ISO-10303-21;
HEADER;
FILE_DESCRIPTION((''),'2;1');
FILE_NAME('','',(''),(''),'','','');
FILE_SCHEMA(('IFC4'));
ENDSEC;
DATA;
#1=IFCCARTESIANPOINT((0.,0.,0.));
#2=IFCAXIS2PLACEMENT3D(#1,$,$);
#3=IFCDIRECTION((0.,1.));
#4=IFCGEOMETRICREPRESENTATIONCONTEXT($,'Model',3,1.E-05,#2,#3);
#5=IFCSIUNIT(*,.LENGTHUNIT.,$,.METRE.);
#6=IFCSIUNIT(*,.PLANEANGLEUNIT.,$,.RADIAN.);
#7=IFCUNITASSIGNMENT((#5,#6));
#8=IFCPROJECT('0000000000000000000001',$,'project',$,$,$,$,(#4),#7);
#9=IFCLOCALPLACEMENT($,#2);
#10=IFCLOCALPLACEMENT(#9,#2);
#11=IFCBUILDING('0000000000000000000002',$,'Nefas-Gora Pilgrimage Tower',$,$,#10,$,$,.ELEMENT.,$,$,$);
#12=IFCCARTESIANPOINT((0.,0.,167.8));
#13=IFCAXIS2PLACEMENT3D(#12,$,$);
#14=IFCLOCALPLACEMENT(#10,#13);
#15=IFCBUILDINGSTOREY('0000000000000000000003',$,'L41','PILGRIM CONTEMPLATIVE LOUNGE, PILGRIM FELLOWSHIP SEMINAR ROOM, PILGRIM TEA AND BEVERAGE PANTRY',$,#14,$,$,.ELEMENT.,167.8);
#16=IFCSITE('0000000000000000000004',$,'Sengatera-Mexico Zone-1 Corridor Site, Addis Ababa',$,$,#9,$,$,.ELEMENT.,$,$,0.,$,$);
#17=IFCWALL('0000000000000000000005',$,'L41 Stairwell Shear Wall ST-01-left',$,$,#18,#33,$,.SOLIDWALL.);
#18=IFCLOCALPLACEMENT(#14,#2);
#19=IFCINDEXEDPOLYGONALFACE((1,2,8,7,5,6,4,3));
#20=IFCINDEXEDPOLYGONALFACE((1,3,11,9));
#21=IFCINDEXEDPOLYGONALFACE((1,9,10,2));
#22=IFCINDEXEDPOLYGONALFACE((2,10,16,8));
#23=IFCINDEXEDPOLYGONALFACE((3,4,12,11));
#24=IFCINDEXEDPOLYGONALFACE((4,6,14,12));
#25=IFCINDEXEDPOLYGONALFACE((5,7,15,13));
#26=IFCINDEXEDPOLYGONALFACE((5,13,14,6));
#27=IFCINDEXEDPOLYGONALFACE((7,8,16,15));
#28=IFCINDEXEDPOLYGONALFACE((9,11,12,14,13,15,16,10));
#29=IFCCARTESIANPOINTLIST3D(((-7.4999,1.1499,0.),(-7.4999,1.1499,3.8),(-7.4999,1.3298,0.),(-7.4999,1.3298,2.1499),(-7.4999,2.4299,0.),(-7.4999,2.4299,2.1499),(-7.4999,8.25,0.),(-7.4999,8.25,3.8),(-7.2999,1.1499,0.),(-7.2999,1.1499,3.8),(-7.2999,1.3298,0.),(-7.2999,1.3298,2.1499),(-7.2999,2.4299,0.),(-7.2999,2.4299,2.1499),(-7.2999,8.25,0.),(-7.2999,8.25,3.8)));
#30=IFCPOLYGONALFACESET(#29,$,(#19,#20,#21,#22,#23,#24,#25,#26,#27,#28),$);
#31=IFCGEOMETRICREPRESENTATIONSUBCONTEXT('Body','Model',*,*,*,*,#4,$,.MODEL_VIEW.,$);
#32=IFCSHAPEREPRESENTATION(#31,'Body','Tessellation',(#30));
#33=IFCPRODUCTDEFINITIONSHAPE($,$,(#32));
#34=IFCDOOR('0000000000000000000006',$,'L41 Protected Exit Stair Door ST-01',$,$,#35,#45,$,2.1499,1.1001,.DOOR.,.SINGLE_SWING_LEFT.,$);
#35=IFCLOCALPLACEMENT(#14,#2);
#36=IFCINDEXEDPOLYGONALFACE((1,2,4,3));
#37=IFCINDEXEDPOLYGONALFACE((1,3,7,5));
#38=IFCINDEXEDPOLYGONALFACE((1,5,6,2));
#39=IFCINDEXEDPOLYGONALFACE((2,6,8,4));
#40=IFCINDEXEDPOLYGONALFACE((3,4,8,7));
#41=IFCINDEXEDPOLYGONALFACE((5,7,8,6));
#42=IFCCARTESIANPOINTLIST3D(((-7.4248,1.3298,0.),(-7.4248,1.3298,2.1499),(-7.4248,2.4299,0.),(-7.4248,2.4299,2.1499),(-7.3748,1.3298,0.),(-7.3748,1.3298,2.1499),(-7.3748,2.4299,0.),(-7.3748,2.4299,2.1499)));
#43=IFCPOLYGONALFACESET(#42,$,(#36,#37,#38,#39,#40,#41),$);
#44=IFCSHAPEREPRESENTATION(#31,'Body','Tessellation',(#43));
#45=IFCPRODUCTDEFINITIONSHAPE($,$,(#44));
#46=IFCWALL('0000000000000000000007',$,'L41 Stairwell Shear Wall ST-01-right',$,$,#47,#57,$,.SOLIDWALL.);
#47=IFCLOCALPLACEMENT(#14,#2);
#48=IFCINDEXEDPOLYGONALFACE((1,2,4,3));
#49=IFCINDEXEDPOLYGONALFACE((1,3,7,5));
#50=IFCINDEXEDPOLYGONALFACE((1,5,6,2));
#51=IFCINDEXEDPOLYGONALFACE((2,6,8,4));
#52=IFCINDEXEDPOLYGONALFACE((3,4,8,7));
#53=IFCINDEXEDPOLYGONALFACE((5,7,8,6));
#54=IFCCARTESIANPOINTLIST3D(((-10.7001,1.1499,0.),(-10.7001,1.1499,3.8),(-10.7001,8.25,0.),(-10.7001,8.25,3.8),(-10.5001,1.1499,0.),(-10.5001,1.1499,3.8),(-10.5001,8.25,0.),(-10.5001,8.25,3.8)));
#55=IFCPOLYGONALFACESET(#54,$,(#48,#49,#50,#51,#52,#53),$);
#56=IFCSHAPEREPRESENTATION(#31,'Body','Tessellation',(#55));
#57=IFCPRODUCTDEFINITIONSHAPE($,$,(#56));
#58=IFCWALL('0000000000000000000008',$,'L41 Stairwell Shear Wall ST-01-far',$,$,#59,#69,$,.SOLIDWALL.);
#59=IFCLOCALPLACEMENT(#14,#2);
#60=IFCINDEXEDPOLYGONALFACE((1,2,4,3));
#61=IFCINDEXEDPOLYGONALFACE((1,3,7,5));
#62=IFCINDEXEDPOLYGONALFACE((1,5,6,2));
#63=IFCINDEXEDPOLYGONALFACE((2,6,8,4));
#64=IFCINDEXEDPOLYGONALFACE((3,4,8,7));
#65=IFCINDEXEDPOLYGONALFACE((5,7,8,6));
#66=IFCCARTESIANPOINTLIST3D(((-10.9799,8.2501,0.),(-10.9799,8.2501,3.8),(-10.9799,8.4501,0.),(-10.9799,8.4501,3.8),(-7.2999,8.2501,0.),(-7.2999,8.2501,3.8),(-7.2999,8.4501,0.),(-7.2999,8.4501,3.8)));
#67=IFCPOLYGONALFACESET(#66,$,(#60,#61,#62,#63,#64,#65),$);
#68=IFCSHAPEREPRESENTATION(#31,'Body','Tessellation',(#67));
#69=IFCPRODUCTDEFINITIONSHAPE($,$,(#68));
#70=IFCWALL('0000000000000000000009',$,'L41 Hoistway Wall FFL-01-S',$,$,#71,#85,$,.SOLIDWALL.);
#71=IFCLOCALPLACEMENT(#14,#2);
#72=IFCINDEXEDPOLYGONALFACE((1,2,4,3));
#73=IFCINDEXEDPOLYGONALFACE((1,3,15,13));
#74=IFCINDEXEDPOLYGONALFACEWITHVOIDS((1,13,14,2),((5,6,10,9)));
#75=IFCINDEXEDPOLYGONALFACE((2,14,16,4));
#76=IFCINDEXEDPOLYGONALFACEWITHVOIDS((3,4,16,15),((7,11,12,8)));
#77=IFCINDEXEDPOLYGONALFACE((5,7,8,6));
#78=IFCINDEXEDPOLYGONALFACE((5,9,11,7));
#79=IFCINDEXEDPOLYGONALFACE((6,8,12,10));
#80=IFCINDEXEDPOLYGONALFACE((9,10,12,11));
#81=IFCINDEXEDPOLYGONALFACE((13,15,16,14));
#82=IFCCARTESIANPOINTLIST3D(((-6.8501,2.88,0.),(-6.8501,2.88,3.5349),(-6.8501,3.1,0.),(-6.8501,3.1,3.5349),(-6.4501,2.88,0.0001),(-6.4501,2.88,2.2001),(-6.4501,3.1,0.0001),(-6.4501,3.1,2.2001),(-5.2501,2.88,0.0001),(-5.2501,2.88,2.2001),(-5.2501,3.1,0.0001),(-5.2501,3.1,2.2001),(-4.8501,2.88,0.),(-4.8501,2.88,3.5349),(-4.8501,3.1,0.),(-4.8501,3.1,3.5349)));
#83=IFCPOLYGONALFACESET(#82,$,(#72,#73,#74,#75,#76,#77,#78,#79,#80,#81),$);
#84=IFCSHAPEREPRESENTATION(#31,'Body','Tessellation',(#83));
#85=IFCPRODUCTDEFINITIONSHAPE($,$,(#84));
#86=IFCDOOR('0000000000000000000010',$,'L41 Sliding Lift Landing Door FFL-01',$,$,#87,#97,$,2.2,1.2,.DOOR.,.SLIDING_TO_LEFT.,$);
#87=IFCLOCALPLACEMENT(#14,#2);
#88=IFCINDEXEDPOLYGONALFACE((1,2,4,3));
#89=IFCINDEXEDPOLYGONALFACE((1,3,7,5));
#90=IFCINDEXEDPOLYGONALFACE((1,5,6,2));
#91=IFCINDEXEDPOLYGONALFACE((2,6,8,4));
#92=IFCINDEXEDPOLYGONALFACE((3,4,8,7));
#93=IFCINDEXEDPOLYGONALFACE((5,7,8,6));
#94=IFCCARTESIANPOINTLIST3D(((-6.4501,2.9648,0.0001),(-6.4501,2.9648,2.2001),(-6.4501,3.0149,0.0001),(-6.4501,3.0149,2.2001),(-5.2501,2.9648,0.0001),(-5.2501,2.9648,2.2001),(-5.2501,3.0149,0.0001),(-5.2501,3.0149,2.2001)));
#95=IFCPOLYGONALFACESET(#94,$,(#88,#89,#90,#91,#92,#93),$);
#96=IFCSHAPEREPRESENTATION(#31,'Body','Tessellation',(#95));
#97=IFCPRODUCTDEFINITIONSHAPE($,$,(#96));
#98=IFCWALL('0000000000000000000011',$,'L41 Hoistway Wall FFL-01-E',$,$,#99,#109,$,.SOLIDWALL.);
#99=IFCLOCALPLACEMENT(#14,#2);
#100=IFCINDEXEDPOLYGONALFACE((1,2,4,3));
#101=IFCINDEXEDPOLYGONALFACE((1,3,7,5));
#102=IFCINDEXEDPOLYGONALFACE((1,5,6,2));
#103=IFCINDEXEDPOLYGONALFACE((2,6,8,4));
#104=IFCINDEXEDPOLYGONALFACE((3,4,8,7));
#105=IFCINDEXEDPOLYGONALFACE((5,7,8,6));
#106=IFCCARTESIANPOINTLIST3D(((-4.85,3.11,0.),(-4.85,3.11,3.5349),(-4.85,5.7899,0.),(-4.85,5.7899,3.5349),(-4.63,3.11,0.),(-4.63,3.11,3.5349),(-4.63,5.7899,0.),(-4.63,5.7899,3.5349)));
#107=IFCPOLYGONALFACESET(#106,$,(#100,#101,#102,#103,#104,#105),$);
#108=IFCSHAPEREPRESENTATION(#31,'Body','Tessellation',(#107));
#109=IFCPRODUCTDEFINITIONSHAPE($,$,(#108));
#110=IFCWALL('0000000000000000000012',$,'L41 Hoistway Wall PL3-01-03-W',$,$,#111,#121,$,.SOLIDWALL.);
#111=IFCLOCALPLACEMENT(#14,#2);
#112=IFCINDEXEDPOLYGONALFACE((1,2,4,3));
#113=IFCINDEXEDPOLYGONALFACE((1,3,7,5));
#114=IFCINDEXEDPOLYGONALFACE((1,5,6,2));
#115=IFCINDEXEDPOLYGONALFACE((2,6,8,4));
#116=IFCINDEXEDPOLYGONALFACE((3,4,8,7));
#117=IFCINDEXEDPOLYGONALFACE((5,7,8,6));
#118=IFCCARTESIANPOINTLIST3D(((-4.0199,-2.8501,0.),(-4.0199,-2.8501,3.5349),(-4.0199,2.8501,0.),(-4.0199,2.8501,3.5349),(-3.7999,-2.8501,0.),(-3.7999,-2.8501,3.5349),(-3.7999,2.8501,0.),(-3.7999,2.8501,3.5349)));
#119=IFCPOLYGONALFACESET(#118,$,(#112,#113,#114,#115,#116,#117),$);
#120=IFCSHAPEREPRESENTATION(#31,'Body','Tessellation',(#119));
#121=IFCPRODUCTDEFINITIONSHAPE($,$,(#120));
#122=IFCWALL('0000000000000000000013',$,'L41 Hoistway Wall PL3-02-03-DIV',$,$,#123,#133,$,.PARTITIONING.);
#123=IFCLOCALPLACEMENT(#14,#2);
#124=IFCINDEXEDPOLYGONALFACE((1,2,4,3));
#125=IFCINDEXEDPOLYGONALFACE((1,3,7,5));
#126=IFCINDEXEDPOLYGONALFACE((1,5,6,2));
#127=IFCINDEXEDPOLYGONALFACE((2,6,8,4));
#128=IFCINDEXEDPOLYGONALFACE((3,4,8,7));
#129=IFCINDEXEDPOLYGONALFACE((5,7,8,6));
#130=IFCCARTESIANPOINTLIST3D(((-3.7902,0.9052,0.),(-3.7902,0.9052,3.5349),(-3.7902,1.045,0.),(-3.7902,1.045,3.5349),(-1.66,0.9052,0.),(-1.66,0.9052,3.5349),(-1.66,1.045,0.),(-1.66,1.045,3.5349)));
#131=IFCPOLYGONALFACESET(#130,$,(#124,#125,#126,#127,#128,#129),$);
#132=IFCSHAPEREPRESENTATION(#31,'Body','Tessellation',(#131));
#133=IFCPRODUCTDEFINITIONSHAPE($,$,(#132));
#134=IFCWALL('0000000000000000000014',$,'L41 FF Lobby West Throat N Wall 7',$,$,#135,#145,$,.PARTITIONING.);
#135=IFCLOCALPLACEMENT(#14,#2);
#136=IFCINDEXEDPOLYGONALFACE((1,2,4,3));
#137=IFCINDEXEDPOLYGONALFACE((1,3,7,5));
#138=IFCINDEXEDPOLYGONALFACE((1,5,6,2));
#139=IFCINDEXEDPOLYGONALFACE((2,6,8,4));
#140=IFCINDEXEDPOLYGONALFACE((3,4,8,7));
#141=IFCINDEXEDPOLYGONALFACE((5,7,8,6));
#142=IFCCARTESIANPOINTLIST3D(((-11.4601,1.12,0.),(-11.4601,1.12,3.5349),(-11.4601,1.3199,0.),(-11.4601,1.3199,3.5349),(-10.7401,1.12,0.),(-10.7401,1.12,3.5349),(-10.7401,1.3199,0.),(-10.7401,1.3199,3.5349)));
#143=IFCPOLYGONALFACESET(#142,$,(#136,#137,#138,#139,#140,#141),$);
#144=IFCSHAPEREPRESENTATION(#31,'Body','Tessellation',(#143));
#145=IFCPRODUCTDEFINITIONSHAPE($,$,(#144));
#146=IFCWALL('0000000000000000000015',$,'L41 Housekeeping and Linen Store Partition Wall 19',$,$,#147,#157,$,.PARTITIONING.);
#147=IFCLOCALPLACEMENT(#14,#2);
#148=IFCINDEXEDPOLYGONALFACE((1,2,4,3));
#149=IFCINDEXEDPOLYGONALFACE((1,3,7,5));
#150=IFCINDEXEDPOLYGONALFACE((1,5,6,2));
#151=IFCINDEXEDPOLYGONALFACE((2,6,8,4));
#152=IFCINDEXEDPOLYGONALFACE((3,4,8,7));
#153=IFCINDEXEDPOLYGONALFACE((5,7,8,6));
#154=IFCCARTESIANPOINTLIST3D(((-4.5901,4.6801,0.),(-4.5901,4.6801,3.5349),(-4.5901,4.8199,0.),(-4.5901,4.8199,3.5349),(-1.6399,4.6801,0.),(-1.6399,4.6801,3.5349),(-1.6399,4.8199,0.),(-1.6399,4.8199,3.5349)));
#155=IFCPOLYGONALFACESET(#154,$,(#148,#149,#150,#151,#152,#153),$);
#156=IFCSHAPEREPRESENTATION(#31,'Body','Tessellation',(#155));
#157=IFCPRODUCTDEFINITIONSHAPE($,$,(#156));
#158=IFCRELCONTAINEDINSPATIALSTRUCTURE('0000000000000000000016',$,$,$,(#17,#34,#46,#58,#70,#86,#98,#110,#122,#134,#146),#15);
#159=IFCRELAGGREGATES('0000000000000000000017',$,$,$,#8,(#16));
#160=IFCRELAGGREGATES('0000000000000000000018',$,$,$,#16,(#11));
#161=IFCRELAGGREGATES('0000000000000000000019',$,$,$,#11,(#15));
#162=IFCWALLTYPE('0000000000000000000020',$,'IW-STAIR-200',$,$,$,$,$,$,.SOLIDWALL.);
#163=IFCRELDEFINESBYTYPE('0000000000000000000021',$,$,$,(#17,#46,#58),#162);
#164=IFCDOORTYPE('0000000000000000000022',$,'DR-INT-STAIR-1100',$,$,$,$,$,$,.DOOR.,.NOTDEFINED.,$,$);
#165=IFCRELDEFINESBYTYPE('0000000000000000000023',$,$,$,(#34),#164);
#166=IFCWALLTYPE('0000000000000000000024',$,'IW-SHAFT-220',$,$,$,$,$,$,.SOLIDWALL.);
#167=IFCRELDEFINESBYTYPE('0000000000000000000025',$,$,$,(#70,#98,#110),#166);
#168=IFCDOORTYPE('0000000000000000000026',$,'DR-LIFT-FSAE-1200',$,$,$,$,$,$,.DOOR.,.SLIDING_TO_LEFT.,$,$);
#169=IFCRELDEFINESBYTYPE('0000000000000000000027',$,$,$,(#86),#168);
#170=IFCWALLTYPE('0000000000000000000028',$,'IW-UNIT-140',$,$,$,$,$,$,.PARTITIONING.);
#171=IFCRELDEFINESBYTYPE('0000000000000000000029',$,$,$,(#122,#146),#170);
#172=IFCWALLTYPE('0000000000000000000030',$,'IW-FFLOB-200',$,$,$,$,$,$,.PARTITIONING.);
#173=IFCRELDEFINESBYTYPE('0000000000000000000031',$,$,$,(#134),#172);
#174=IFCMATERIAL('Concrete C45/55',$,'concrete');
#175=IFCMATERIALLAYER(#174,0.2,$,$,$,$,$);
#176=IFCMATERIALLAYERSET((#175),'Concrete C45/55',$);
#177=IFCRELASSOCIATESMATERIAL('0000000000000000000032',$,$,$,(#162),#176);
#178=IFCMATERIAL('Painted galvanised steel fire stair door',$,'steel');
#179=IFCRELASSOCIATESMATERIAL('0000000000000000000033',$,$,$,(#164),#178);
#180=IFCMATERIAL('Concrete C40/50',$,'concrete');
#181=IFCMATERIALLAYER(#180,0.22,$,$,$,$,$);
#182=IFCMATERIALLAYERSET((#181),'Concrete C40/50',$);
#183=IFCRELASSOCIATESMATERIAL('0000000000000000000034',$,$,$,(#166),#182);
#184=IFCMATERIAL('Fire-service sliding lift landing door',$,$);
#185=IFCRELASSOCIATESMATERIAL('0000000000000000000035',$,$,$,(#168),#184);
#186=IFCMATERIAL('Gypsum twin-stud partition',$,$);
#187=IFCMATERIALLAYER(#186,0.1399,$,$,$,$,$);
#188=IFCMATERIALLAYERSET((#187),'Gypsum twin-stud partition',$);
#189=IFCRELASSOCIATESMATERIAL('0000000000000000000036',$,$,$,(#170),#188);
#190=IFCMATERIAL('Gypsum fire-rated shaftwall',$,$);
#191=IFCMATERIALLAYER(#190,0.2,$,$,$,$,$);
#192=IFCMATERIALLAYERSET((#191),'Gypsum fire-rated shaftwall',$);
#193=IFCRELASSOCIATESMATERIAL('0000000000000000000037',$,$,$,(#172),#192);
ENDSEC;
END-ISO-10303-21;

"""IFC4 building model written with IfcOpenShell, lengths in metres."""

from ifc_helpers import new_model, si_unit, direction, frame, frame_2d, origin, place, context, subcontext, project, spatial, rectangle, extrude, source, transform, mapped, material, layer, layer_set, type_object, element, fill, save


model = new_model("IFC4")

# Units and contexts
model_context = context("Model", 3, precision=1e-05, world=origin(), true_north=direction((0.0, 1.0)))
body_context = subcontext(model_context, "Body", "Model", "MODEL_VIEW")
ifc_project = project(units=[si_unit("LENGTHUNIT", "METRE"), si_unit("PLANEANGLEUNIT", "RADIAN")], contexts=[model_context])

# Site, building, storey
site_placement = place(None, origin())
site = spatial("IfcSite", under=ifc_project, at=site_placement, Name="Sengatera-Mexico Zone-1 Corridor Site, Addis Ababa", CompositionType="ELEMENT", RefElevation=0.0)
building_placement = place(site_placement, origin())
building = spatial("IfcBuilding", under=site, at=building_placement, Name="Nefas-Gora Pilgrimage Tower", CompositionType="ELEMENT")
storey_placement = place(building_placement, frame((0.0, 0.0, 167.8)))
storey = spatial("IfcBuildingStorey", under=building, at=storey_placement, Name="L41", Description="PILGRIM CONTEMPLATIVE LOUNGE, PILGRIM FELLOWSHIP SEMINAR ROOM, PILGRIM TEA AND BEVERAGE PANTRY", CompositionType="ELEMENT", Elevation=167.8)

# Shared definitions
ifc_material_1 = material(Name="Concrete C45/55", Category="concrete")
ifc_layer_1 = layer(ifc_material_1, 0.2)
ifc_layer_set_1 = layer_set([ifc_layer_1], Name="Concrete C45/55")
wall_type_1 = type_object("IfcWallType", Name="IW-STAIR-200", PredefinedType="SOLIDWALL", material=ifc_layer_set_1)

# Wall, opening, door
shared_shape_1 = source(origin(), body_context, "Body", "SweptSolid", [
    extrude(rectangle(XDim=7.1001, YDim=0.2, at=frame_2d((3.55, 0.0))), origin(), (0.0, 0.0, 1.0), 3.8),
])
wall_1_placement = place(storey_placement, frame((-7.3999, 1.1499, 0.0), z_axis=(0.0, 0.0, 1.0), x_axis=(0.0, 1.0, 0.0)))
wall_1 = element("IfcWall", 1, at=wall_1_placement, inside=storey, type_object=wall_type_1, Name="L41 Stairwell Shear Wall ST-01-left", PredefinedType="SOLIDWALL", context=body_context, shape_type="MappedRepresentation", body=[
    mapped(shared_shape_1, transform((0.0, 0.0, 0.0), x_axis=(1.0, 0.0, 0.0), y_axis=(0.0, 1.0, 0.0), z_axis=(0.0, 0.0, 1.0), scale=1.0)),
])
opening_1_placement = place(wall_1_placement, frame((0.1799, 0.0, 0.0)))
opening_1 = element("IfcOpeningElement", 2, at=opening_1_placement, cuts=wall_1, PredefinedType="OPENING", context=body_context, shape_type="SweptSolid", body=[
    extrude(rectangle(XDim=1.1001, YDim=2.1499, at=frame_2d((0.55, 1.075))), frame((0.0, 0.1099, 0.0), z_axis=(0.0, -1.0, 0.0), x_axis=(1.0, 0.0, 0.0)), (0.0, 0.0, 1.0), 0.22),
])
ifc_material_2 = material(Name="Painted galvanised steel fire stair door", Category="steel")
door_type_1 = type_object("IfcDoorType", Name="DR-INT-STAIR-1100", OperationType="NOTDEFINED", PredefinedType="DOOR", material=ifc_material_2)
shared_shape_2 = source(origin(), body_context, "Body", "SweptSolid", [
    extrude(rectangle(XDim=1.1001, YDim=2.1499, at=frame_2d((0.55, 1.075))), frame((0.0, 0.0249, 0.0), z_axis=(0.0, -1.0, 0.0), x_axis=(1.0, 0.0, 0.0)), (0.0, 0.0, 1.0), 0.05),
])
door_1_placement = place(opening_1_placement, origin())
door_1 = element("IfcDoor", 3, at=door_1_placement, inside=storey, type_object=door_type_1, Name="L41 Protected Exit Stair Door ST-01", OperationType="SINGLE_SWING_LEFT", OverallHeight=2.1499, OverallWidth=1.1001, PredefinedType="DOOR", context=body_context, shape_type="MappedRepresentation", body=[
    mapped(shared_shape_2, transform((0.0, 0.0, 0.0), x_axis=(1.0, 0.0, 0.0), y_axis=(0.0, 1.0, 0.0), z_axis=(0.0, 0.0, 1.0), scale=1.0)),
])
fill(opening_1, door_1)

# Walls
wall_2_placement = place(storey_placement, frame((-10.6001, 1.1499, 0.0), z_axis=(0.0, 0.0, 1.0), x_axis=(0.0, 1.0, 0.0)))
element("IfcWall", 4, at=wall_2_placement, inside=storey, type_object=wall_type_1, Name="L41 Stairwell Shear Wall ST-01-right", PredefinedType="SOLIDWALL", context=body_context, shape_type="MappedRepresentation", body=[
    mapped(shared_shape_1, transform((0.0, 0.0, 0.0), x_axis=(1.0, 0.0, 0.0), y_axis=(0.0, 1.0, 0.0), z_axis=(0.0, 0.0, 1.0), scale=1.0)),
])
shared_shape_3 = source(origin(), body_context, "Body", "SweptSolid", [
    extrude(rectangle(XDim=3.6799, YDim=0.2, at=frame_2d((1.8398, 0.0))), origin(), (0.0, 0.0, 1.0), 3.8),
])
wall_3_placement = place(storey_placement, frame((-7.3, 8.3501, 0.0), z_axis=(0.0, 0.0, 1.0), x_axis=(-1.0, 0.0, 0.0)))
element("IfcWall", 5, at=wall_3_placement, inside=storey, type_object=wall_type_1, Name="L41 Stairwell Shear Wall ST-01-far", PredefinedType="SOLIDWALL", context=body_context, shape_type="MappedRepresentation", body=[
    mapped(shared_shape_3, transform((0.0, 0.0, 0.0), x_axis=(1.0, 0.0, 0.0), y_axis=(0.0, 1.0, 0.0), z_axis=(0.0, 0.0, 1.0), scale=1.0)),
])

# Wall, opening, door
ifc_material_3 = material(Name="Concrete C40/50", Category="concrete")
ifc_layer_2 = layer(ifc_material_3, 0.22)
ifc_layer_set_2 = layer_set([ifc_layer_2], Name="Concrete C40/50")
wall_type_2 = type_object("IfcWallType", Name="IW-SHAFT-220", PredefinedType="SOLIDWALL", material=ifc_layer_set_2)
shared_shape_4 = source(origin(), body_context, "Body", "SweptSolid", [
    extrude(rectangle(XDim=2.0, YDim=0.22, at=frame_2d((1.0, 0.0))), origin(), (0.0, 0.0, 1.0), 3.5349),
])
wall_4_placement = place(storey_placement, frame((-6.8501, 2.99, 0.0), z_axis=(0.0, 0.0, 1.0), x_axis=(1.0, 0.0, 0.0)))
wall_4 = element("IfcWall", 6, at=wall_4_placement, inside=storey, type_object=wall_type_2, Name="L41 Hoistway Wall FFL-01-S", PredefinedType="SOLIDWALL", context=body_context, shape_type="MappedRepresentation", body=[
    mapped(shared_shape_4, transform((0.0, 0.0, 0.0), x_axis=(1.0, 0.0, 0.0), y_axis=(0.0, 1.0, 0.0), z_axis=(0.0, 0.0, 1.0), scale=1.0)),
])
opening_2_placement = place(wall_4_placement, frame((0.3999, 0.0, 0.0)))
opening_2 = element("IfcOpeningElement", 7, at=opening_2_placement, cuts=wall_4, PredefinedType="OPENING", context=body_context, shape_type="SweptSolid", body=[
    extrude(rectangle(XDim=1.2, YDim=2.2, at=frame_2d((0.6001, 1.1001))), frame((0.0, 0.1199, 0.0), z_axis=(0.0, -1.0, 0.0), x_axis=(1.0, 0.0, 0.0)), (0.0, 0.0, 1.0), 0.24),
])
ifc_material_4 = material(Name="Fire-service sliding lift landing door")
door_type_2 = type_object("IfcDoorType", Name="DR-LIFT-FSAE-1200", OperationType="SLIDING_TO_LEFT", PredefinedType="DOOR", material=ifc_material_4)
shared_shape_5 = source(origin(), body_context, "Body", "SweptSolid", [
    extrude(rectangle(XDim=1.2, YDim=2.2, at=frame_2d((0.6001, 1.1001))), frame((0.0, 0.0249, 0.0), z_axis=(0.0, -1.0, 0.0), x_axis=(1.0, 0.0, 0.0)), (0.0, 0.0, 1.0), 0.05),
])
door_2_placement = place(opening_2_placement, origin())
door_2 = element("IfcDoor", 8, at=door_2_placement, inside=storey, type_object=door_type_2, Name="L41 Sliding Lift Landing Door FFL-01", OperationType="SLIDING_TO_LEFT", OverallHeight=2.2, OverallWidth=1.2, PredefinedType="DOOR", context=body_context, shape_type="MappedRepresentation", body=[
    mapped(shared_shape_5, transform((0.0, 0.0, 0.0), x_axis=(1.0, 0.0, 0.0), y_axis=(0.0, 1.0, 0.0), z_axis=(0.0, 0.0, 1.0), scale=1.0)),
])
fill(opening_2, door_2)

# Walls
shared_shape_6 = source(origin(), body_context, "Body", "SweptSolid", [
    extrude(rectangle(XDim=2.6799, YDim=0.22, at=frame_2d((1.3398, 0.0))), origin(), (0.0, 0.0, 1.0), 3.5349),
])
wall_5_placement = place(storey_placement, frame((-4.74, 3.1101, 0.0), z_axis=(0.0, 0.0, 1.0), x_axis=(0.0, 1.0, 0.0)))
element("IfcWall", 9, at=wall_5_placement, inside=storey, type_object=wall_type_2, Name="L41 Hoistway Wall FFL-01-E", PredefinedType="SOLIDWALL", context=body_context, shape_type="MappedRepresentation", body=[
    mapped(shared_shape_6, transform((0.0, 0.0, 0.0), x_axis=(1.0, 0.0, 0.0), y_axis=(0.0, 1.0, 0.0), z_axis=(0.0, 0.0, 1.0), scale=1.0)),
])
shared_shape_7 = source(origin(), body_context, "Body", "SweptSolid", [
    extrude(rectangle(XDim=5.7002, YDim=0.22, at=frame_2d((2.8501, 0.0))), origin(), (0.0, 0.0, 1.0), 3.5349),
])
wall_6_placement = place(storey_placement, frame((-3.9099, 2.8501, 0.0), z_axis=(0.0, 0.0, 1.0), x_axis=(0.0, -1.0, 0.0)))
element("IfcWall", 10, at=wall_6_placement, inside=storey, type_object=wall_type_2, Name="L41 Hoistway Wall PL3-01-03-W", PredefinedType="SOLIDWALL", context=body_context, shape_type="MappedRepresentation", body=[
    mapped(shared_shape_7, transform((0.0, 0.0, 0.0), x_axis=(1.0, 0.0, 0.0), y_axis=(0.0, 1.0, 0.0), z_axis=(0.0, 0.0, 1.0), scale=1.0)),
])
ifc_material_5 = material(Name="Gypsum twin-stud partition")
ifc_layer_3 = layer(ifc_material_5, 0.1399)
ifc_layer_set_3 = layer_set([ifc_layer_3], Name="Gypsum twin-stud partition")
wall_type_3 = type_object("IfcWallType", Name="IW-UNIT-140", PredefinedType="PARTITIONING", material=ifc_layer_set_3)
shared_shape_8 = source(origin(), body_context, "Body", "SweptSolid", [
    extrude(rectangle(XDim=2.1301, YDim=0.1399, at=frame_2d((1.0649, 0.0))), origin(), (0.0, 0.0, 1.0), 3.5349),
])
wall_7_placement = place(storey_placement, frame((-3.79, 0.9751, 0.0), z_axis=(0.0, 0.0, 1.0), x_axis=(1.0, 0.0, 0.0)))
element("IfcWall", 11, at=wall_7_placement, inside=storey, type_object=wall_type_3, Name="L41 Hoistway Wall PL3-02-03-DIV", PredefinedType="PARTITIONING", context=body_context, shape_type="MappedRepresentation", body=[
    mapped(shared_shape_8, transform((0.0, 0.0, 0.0), x_axis=(1.0, 0.0, 0.0), y_axis=(0.0, 1.0, 0.0), z_axis=(0.0, 0.0, 1.0), scale=1.0)),
])
ifc_material_6 = material(Name="Gypsum fire-rated shaftwall")
ifc_layer_4 = layer(ifc_material_6, 0.2)
ifc_layer_set_4 = layer_set([ifc_layer_4], Name="Gypsum fire-rated shaftwall")
wall_type_4 = type_object("IfcWallType", Name="IW-FFLOB-200", PredefinedType="PARTITIONING", material=ifc_layer_set_4)
shared_shape_9 = source(origin(), body_context, "Body", "SweptSolid", [
    extrude(rectangle(XDim=0.72, YDim=0.2, at=frame_2d((0.3599, 0.0))), origin(), (0.0, 0.0, 1.0), 3.5349),
])
wall_8_placement = place(storey_placement, frame((-11.46, 1.22, 0.0), z_axis=(0.0, 0.0, 1.0), x_axis=(1.0, 0.0, 0.0)))
element("IfcWall", 12, at=wall_8_placement, inside=storey, type_object=wall_type_4, Name="L41 FF Lobby West Throat N Wall 7", PredefinedType="PARTITIONING", context=body_context, shape_type="MappedRepresentation", body=[
    mapped(shared_shape_9, transform((0.0, 0.0, 0.0), x_axis=(1.0, 0.0, 0.0), y_axis=(0.0, 1.0, 0.0), z_axis=(0.0, 0.0, 1.0), scale=1.0)),
])
shared_shape_10 = source(origin(), body_context, "Body", "SweptSolid", [
    extrude(rectangle(XDim=2.9502, YDim=0.1399, at=frame_2d((1.4751, 0.0))), origin(), (0.0, 0.0, 1.0), 3.5349),
])
wall_9_placement = place(storey_placement, frame((-4.5901, 4.75, 0.0), z_axis=(0.0, 0.0, 1.0), x_axis=(1.0, 0.0, 0.0)))
element("IfcWall", 13, at=wall_9_placement, inside=storey, type_object=wall_type_3, Name="L41 Housekeeping and Linen Store Partition Wall 19", PredefinedType="PARTITIONING", context=body_context, shape_type="MappedRepresentation", body=[
    mapped(shared_shape_10, transform((0.0, 0.0, 0.0), x_axis=(1.0, 0.0, 0.0), y_axis=(0.0, 1.0, 0.0), z_axis=(0.0, 0.0, 1.0), scale=1.0)),
])

save(model, "model.ifc")
